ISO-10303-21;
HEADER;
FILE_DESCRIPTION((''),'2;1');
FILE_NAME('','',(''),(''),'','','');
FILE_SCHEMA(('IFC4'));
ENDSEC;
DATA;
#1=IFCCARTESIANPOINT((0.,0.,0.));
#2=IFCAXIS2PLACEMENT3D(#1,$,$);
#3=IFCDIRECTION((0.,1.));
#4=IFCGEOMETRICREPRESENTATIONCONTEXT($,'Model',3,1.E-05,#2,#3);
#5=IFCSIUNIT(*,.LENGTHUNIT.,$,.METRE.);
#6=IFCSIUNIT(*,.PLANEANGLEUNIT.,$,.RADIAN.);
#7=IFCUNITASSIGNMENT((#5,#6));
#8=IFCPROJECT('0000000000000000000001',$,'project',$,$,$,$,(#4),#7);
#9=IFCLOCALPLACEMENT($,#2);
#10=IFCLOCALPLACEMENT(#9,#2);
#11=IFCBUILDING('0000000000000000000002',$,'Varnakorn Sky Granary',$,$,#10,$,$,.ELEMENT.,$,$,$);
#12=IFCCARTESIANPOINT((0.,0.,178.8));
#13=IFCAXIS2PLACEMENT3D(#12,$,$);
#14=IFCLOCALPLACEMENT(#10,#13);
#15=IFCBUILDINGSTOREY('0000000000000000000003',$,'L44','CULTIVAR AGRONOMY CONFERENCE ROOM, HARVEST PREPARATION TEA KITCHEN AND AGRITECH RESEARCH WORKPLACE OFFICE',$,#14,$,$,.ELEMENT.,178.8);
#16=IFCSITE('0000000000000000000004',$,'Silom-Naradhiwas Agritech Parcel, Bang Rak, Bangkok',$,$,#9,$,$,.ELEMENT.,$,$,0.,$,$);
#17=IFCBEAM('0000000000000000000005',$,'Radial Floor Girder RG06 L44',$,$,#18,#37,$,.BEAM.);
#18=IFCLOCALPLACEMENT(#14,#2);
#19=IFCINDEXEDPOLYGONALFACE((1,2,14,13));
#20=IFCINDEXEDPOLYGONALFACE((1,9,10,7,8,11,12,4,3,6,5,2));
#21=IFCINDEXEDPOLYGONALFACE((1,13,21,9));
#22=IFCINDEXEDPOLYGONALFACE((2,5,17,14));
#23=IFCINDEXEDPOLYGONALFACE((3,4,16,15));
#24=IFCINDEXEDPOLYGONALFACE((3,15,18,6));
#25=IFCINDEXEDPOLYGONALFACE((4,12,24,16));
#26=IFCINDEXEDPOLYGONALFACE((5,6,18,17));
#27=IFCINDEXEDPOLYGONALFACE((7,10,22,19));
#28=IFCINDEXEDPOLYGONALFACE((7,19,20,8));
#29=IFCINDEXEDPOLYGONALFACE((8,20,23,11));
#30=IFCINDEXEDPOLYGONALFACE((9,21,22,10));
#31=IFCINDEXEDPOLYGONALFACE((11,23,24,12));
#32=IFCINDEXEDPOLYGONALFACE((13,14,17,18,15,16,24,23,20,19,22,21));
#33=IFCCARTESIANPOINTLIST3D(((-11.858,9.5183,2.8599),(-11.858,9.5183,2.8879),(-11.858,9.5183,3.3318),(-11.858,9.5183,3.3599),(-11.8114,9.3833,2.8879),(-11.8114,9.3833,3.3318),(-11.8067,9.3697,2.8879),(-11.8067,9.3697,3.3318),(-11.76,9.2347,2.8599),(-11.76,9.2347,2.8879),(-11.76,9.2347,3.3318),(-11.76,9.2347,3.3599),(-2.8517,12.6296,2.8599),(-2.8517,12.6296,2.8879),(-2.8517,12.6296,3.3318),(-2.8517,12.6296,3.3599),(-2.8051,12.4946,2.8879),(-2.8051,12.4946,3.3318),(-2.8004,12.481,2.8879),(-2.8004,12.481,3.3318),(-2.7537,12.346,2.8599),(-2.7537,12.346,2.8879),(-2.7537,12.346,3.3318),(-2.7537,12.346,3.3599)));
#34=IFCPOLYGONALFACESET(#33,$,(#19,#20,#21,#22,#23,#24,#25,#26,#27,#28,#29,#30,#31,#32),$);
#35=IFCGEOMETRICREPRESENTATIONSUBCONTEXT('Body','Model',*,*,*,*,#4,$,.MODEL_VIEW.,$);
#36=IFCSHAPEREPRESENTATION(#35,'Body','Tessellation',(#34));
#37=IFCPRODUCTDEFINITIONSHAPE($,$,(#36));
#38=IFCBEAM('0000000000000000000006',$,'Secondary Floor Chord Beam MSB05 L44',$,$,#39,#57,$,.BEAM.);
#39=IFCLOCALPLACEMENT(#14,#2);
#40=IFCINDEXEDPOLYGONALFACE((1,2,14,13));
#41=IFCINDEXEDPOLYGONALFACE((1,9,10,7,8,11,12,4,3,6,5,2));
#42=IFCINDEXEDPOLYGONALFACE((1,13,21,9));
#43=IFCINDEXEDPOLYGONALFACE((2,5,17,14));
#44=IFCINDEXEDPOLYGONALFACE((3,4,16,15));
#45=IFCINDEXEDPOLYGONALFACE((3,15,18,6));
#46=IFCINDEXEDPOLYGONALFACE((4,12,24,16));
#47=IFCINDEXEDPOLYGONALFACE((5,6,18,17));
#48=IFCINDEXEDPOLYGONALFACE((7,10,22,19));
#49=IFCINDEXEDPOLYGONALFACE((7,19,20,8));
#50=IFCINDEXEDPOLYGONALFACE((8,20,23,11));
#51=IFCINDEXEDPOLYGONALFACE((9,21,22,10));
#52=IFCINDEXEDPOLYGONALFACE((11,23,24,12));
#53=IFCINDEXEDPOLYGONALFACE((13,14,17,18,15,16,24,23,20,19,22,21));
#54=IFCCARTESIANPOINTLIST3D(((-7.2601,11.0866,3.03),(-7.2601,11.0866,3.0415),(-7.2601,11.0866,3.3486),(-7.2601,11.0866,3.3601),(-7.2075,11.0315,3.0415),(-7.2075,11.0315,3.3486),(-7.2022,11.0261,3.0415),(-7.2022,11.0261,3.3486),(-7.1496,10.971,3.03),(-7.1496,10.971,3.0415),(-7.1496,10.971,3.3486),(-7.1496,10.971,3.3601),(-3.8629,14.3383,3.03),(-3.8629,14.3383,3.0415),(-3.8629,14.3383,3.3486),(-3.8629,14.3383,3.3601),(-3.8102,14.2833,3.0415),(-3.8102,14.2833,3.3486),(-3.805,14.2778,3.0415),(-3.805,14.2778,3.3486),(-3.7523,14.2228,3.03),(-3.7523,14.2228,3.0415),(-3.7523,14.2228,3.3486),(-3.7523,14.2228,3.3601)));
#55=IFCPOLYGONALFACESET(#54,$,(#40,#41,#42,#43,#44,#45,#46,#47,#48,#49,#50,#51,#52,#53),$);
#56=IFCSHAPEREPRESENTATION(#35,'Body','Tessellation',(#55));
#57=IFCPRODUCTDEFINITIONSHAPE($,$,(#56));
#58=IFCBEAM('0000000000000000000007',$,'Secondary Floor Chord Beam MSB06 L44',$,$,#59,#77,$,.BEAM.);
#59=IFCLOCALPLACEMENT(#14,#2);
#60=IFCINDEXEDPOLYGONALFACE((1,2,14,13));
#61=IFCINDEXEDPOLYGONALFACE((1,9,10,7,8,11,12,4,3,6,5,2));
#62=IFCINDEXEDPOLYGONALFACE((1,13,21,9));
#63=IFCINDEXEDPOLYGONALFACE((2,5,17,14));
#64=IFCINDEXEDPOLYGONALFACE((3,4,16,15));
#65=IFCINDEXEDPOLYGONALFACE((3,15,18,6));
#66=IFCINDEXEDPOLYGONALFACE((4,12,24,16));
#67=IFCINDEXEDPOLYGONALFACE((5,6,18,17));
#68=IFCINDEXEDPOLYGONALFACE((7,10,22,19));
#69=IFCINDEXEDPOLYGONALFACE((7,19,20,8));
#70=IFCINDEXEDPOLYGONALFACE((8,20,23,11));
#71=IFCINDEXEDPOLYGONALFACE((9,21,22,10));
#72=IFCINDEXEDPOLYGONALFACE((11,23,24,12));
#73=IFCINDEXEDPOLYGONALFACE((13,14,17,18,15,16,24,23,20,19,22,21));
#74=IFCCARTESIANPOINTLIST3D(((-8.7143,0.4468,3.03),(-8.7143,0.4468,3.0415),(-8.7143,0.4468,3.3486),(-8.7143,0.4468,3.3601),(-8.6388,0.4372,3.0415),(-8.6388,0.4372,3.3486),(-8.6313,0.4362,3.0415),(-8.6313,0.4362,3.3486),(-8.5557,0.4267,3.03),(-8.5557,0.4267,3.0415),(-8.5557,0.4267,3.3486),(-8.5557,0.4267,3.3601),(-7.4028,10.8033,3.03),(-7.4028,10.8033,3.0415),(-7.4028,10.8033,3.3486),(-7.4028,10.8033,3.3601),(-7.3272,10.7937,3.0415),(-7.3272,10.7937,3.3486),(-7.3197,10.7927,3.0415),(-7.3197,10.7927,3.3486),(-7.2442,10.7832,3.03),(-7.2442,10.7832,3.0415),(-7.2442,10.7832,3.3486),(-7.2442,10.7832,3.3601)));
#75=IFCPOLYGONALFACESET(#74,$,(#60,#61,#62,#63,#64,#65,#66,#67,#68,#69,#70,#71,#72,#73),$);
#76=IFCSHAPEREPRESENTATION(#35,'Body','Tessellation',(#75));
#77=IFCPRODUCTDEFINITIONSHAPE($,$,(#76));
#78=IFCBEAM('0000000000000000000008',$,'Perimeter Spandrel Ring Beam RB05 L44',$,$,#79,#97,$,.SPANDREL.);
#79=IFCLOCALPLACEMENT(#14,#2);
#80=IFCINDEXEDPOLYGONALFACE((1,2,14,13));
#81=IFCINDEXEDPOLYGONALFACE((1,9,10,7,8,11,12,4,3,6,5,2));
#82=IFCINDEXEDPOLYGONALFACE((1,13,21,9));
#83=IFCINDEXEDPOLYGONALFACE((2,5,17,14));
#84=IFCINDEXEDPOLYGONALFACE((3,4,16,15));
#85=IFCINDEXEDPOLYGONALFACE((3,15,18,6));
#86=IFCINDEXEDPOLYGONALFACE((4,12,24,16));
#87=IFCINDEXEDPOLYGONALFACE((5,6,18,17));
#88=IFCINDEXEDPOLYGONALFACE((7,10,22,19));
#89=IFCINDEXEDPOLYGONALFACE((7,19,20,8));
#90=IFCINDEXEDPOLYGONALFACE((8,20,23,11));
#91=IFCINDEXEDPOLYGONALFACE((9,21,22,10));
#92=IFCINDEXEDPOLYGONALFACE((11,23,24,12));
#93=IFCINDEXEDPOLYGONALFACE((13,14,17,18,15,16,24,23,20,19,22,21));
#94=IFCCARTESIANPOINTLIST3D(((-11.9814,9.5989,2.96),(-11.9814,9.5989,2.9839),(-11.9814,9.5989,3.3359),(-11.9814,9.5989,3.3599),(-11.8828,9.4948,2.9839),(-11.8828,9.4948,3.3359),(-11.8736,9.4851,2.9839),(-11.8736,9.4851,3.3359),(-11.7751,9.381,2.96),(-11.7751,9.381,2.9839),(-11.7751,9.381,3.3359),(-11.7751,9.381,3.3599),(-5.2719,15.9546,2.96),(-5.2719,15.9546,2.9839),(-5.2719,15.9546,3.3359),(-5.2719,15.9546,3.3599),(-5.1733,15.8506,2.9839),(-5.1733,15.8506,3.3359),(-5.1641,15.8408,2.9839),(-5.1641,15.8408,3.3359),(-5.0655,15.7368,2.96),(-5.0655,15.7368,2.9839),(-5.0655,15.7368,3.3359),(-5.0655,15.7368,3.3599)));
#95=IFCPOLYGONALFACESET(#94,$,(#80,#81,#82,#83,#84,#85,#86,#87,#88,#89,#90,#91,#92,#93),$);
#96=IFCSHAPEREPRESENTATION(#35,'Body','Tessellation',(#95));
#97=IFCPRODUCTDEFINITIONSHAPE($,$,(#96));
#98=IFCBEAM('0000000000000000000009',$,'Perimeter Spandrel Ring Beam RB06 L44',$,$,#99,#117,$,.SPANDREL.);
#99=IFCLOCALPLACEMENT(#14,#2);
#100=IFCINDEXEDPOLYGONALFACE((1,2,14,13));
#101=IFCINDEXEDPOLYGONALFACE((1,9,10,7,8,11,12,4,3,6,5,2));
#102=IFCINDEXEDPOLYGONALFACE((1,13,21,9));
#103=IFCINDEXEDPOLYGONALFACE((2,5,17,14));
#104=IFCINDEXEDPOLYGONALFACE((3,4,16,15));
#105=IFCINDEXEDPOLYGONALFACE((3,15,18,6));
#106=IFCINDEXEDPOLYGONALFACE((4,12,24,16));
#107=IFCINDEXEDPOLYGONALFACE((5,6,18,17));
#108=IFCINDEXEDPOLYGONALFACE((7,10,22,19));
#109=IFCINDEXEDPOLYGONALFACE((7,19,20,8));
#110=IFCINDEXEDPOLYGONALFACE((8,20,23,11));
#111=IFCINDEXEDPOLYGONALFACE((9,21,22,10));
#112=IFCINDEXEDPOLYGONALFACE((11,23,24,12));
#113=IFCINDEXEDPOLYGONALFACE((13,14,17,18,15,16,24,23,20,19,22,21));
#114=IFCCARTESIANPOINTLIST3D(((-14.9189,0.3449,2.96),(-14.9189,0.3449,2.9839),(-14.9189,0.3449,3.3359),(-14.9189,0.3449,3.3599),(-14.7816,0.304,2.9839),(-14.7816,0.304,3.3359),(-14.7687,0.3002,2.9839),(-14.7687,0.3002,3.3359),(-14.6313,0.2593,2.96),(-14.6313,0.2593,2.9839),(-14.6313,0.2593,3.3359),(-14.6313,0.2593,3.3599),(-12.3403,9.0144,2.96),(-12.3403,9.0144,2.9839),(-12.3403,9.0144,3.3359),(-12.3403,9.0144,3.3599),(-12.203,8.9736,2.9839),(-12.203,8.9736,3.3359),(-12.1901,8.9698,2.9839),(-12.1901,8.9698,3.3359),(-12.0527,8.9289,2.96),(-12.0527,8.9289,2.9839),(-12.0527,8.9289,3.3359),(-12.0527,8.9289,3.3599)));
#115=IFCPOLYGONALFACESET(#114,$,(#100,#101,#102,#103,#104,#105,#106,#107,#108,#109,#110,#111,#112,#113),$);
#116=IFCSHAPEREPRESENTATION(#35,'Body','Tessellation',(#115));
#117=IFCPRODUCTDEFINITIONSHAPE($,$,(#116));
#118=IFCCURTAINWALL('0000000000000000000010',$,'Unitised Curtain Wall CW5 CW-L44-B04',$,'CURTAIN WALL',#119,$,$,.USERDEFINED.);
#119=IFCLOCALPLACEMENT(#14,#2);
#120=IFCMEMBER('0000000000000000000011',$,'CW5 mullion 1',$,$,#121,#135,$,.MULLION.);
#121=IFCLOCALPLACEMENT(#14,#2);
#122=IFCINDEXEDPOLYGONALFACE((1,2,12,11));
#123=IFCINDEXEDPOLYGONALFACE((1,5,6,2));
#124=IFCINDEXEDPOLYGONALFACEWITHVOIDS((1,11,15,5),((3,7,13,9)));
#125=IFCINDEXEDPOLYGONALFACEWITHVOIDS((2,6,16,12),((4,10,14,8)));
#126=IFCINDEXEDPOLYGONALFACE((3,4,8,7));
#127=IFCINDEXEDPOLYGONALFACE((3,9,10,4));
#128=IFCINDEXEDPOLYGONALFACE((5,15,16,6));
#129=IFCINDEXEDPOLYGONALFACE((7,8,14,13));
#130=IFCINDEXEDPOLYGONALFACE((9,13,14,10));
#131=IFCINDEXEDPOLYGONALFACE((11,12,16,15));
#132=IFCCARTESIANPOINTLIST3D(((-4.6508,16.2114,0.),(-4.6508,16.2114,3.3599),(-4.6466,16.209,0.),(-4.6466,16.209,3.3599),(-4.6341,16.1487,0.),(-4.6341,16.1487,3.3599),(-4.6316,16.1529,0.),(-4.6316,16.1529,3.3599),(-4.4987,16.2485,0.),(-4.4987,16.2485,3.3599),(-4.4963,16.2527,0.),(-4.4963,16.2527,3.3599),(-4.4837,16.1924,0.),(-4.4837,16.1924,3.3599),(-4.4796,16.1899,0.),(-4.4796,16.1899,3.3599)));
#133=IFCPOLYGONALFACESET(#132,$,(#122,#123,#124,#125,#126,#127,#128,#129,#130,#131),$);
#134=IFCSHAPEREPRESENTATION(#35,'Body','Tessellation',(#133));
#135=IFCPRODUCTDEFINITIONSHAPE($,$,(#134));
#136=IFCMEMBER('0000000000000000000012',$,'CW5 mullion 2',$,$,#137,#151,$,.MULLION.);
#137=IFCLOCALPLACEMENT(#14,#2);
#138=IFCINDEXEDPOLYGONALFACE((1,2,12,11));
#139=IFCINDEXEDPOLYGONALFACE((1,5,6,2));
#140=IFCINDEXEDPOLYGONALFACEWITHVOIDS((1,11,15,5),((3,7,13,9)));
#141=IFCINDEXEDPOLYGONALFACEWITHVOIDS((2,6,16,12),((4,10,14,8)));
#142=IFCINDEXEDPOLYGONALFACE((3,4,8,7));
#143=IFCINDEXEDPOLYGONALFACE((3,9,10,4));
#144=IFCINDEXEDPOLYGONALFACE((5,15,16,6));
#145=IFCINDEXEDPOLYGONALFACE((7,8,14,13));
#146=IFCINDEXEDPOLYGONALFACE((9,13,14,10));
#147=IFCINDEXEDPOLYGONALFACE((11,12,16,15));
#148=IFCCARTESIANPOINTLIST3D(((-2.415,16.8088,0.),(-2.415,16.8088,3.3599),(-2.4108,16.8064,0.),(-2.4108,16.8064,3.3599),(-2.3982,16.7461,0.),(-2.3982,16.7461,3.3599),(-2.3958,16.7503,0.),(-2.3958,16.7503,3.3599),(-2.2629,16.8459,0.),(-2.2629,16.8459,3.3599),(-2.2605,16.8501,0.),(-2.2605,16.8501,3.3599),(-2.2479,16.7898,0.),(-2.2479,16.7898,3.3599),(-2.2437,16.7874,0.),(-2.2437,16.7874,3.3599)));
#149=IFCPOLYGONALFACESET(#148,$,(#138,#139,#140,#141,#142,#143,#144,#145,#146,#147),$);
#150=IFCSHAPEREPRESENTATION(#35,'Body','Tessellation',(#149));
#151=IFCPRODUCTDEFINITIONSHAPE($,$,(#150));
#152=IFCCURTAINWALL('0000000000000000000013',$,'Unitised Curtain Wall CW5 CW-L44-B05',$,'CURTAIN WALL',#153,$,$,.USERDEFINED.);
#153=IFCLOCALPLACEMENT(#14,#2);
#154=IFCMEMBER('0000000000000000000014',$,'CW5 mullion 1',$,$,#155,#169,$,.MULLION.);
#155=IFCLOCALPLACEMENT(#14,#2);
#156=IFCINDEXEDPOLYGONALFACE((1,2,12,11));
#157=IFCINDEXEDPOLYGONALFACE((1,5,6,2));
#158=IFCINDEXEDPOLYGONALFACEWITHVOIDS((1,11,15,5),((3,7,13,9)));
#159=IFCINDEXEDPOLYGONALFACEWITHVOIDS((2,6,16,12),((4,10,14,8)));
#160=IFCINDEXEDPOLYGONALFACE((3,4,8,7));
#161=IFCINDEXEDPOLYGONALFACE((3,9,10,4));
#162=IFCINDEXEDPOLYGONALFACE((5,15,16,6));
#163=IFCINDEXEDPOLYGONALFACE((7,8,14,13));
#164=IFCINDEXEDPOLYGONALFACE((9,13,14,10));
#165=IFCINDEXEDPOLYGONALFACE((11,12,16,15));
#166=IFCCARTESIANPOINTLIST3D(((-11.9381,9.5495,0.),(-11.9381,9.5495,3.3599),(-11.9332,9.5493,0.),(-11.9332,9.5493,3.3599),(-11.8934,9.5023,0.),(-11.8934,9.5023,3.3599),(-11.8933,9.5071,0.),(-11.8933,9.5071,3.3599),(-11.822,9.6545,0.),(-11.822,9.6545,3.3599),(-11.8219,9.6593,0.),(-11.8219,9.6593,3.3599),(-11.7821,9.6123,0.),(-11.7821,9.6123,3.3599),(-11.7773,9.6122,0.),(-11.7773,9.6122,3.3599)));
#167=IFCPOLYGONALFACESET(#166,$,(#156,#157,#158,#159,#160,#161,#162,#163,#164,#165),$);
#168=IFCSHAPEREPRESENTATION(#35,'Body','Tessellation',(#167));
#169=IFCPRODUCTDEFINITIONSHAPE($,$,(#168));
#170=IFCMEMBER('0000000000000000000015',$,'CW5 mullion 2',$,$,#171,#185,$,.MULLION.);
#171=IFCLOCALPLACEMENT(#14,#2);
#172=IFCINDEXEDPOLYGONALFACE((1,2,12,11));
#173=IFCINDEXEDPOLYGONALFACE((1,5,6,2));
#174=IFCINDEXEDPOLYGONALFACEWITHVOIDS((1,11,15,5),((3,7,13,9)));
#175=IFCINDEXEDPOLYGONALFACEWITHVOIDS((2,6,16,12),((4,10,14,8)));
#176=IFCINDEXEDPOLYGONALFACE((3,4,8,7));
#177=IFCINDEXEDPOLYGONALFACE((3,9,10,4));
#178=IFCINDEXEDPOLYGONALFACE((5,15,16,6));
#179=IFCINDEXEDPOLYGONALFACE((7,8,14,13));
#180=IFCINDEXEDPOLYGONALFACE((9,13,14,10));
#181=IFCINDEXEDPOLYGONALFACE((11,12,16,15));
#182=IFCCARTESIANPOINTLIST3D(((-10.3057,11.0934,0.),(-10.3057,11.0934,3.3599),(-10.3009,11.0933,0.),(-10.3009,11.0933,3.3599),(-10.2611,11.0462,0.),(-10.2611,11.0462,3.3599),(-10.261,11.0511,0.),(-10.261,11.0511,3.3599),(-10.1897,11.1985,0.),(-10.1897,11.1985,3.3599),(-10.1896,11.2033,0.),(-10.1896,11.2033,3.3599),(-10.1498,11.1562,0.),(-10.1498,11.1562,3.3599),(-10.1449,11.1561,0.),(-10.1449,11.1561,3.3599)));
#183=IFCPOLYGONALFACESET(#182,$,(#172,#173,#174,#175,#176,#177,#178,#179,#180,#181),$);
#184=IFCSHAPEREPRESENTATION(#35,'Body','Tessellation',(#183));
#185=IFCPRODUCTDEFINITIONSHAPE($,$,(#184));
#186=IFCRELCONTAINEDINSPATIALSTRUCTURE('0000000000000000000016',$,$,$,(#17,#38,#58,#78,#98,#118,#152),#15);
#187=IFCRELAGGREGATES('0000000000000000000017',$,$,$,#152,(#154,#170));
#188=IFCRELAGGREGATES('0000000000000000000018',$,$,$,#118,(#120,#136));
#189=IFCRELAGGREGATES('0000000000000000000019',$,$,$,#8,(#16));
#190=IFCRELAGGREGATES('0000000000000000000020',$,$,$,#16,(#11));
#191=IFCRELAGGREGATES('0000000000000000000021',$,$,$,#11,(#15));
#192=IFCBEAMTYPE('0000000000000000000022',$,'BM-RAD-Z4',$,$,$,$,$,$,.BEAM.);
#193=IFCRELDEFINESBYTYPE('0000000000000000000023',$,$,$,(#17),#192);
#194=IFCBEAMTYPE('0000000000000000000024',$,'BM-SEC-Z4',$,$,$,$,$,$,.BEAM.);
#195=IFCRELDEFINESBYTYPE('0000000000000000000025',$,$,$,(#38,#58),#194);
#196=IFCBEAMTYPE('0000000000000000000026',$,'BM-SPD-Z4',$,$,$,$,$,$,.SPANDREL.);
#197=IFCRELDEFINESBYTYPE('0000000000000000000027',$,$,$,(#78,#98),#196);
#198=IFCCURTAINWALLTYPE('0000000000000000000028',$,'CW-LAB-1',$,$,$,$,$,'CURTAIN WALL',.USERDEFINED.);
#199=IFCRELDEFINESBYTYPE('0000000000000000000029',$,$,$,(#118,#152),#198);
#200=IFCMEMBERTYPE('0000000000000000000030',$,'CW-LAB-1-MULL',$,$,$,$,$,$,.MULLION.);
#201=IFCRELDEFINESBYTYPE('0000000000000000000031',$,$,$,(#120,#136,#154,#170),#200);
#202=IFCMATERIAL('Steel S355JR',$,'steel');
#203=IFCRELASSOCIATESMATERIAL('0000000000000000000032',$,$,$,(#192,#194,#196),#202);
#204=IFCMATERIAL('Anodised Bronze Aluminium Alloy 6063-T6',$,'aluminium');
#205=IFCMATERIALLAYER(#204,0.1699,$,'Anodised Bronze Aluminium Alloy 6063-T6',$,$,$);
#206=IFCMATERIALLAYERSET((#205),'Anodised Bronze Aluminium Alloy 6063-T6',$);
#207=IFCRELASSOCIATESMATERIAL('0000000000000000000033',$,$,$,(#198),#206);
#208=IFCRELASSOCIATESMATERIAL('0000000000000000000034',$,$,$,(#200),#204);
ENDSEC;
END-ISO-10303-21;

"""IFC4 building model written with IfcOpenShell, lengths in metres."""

from ifc_helpers import new_model, si_unit, direction, frame, origin, origin_2d, place, context, subcontext, project, spatial, hollow_rectangle, i_section, extrude, material, layer, layer_set, material_profile, profile_set, type_object, element, aggregate, save


model = new_model("IFC4")

# Units and contexts
model_context = context("Model", 3, precision=1e-05, world=origin(), true_north=direction((0.0, 1.0)))
body_context = subcontext(model_context, "Body", "Model", "MODEL_VIEW")
ifc_project = project(units=[si_unit("LENGTHUNIT", "METRE"), si_unit("PLANEANGLEUNIT", "RADIAN")], contexts=[model_context])

# Site, building, storey
site_placement = place(None, origin())
site = spatial("IfcSite", under=ifc_project, at=site_placement, Name="Silom-Naradhiwas Agritech Parcel, Bang Rak, Bangkok", CompositionType="ELEMENT", RefElevation=0.0)
building_placement = place(site_placement, origin())
building = spatial("IfcBuilding", under=site, at=building_placement, Name="Varnakorn Sky Granary", CompositionType="ELEMENT")
storey_placement = place(building_placement, frame((0.0, 0.0, 178.8)))
storey = spatial("IfcBuildingStorey", under=building, at=storey_placement, Name="L44", Description="CULTIVAR AGRONOMY CONFERENCE ROOM, HARVEST PREPARATION TEA KITCHEN AND AGRITECH RESEARCH WORKPLACE OFFICE", CompositionType="ELEMENT", Elevation=178.8)

# Beams
ifc_material_1 = material(Name="Steel S355JR", Category="steel")
ifc_material_profile_1 = material_profile(ifc_material_1, i_section(OverallWidth=0.3, OverallDepth=0.5, WebThickness=0.0144, FlangeThickness=0.0281, at=origin_2d()), Name="HE 500 B")
ifc_profile_set_1 = profile_set([ifc_material_profile_1], Name="Steel S355JR")
beam_type_1 = type_object("IfcBeamType", Name="BM-RAD-Z4", PredefinedType="BEAM", material=ifc_profile_set_1)
beam_1_placement = place(storey_placement, frame((-2.8027, 12.4878, 3.1099), z_axis=(-0.945189, -0.326524, 0.0), x_axis=(0.326524, -0.945189, 0.0)))
element("IfcBeam", 1, at=beam_1_placement, inside=storey, type_object=beam_type_1, Name="Radial Floor Girder RG06 L44", PredefinedType="BEAM", context=body_context, shape_type="SweptSolid", body=[
    extrude(i_section(OverallWidth=0.3, OverallDepth=0.5, WebThickness=0.0144, FlangeThickness=0.0281, at=origin_2d()), origin(), (0.0, 0.0, 1.0), 9.5286),
])
ifc_material_profile_2 = material_profile(ifc_material_1, i_section(OverallWidth=0.1599, OverallDepth=0.3301, WebThickness=0.0076, FlangeThickness=0.0115, at=origin_2d()), Name="IPE 330")
ifc_profile_set_2 = profile_set([ifc_material_profile_2], Name="Steel S355JR")
beam_type_2 = type_object("IfcBeamType", Name="BM-SEC-Z4", PredefinedType="BEAM", material=ifc_profile_set_2)
beam_2_placement = place(storey_placement, frame((-3.8076, 14.2805, 3.1951), z_axis=(-0.722408, -0.691467, 0.0), x_axis=(0.691467, -0.722408, 0.0)))
element("IfcBeam", 2, at=beam_2_placement, inside=storey, type_object=beam_type_2, Name="Secondary Floor Chord Beam MSB05 L44", PredefinedType="BEAM", context=body_context, shape_type="SweptSolid", body=[
    extrude(i_section(OverallWidth=0.1599, OverallDepth=0.3301, WebThickness=0.0076, FlangeThickness=0.0115, at=origin_2d()), origin(), (0.0, 0.0, 1.0), 4.7026),
])
beam_3_placement = place(storey_placement, frame((-7.3235, 10.7932, 3.1951), z_axis=(-0.125635, -0.992077, 0.0), x_axis=(0.992077, -0.125635, 0.0)))
element("IfcBeam", 3, at=beam_3_placement, inside=storey, type_object=beam_type_2, Name="Secondary Floor Chord Beam MSB06 L44", PredefinedType="BEAM", context=body_context, shape_type="SweptSolid", body=[
    extrude(i_section(OverallWidth=0.1599, OverallDepth=0.3301, WebThickness=0.0076, FlangeThickness=0.0115, at=origin_2d()), origin(), (0.0, 0.0, 1.0), 10.4392),
])
ifc_material_profile_3 = material_profile(ifc_material_1, i_section(OverallWidth=0.3, OverallDepth=0.3999, WebThickness=0.0134, FlangeThickness=0.0239, at=origin_2d()), Name="HE 400 B")
ifc_profile_set_3 = profile_set([ifc_material_profile_3], Name="Steel S355JR")
beam_type_3 = type_object("IfcBeamType", Name="BM-SPD-Z4", PredefinedType="SPANDREL", material=ifc_profile_set_3)
beam_4_placement = place(storey_placement, frame((-5.1687, 15.8457, 3.1599), z_axis=(-0.725987, -0.687709, 0.0), x_axis=(0.687709, -0.725987, 0.0)))
element("IfcBeam", 4, at=beam_4_placement, inside=storey, type_object=beam_type_3, Name="Perimeter Spandrel Ring Beam RB05 L44", PredefinedType="SPANDREL", context=body_context, shape_type="SweptSolid", body=[
    extrude(i_section(OverallWidth=0.3, OverallDepth=0.3999, WebThickness=0.0134, FlangeThickness=0.0239, at=origin_2d()), origin(), (0.0, 0.0, 1.0), 9.2419),
])
beam_5_placement = place(storey_placement, frame((-12.1965, 8.9717, 3.1599), z_axis=(-0.285086, -0.958502, 0.0), x_axis=(0.958502, -0.285086, 0.0)))
element("IfcBeam", 5, at=beam_5_placement, inside=storey, type_object=beam_type_3, Name="Perimeter Spandrel Ring Beam RB06 L44", PredefinedType="SPANDREL", context=body_context, shape_type="SweptSolid", body=[
    extrude(i_section(OverallWidth=0.3, OverallDepth=0.3999, WebThickness=0.0134, FlangeThickness=0.0239, at=origin_2d()), origin(), (0.0, 0.0, 1.0), 9.0449),
])

# Curtain walls, members
ifc_material_2 = material(Name="Anodised Bronze Aluminium Alloy 6063-T6", Category="aluminium")
ifc_layer_1 = layer(ifc_material_2, 0.1699, Name="Anodised Bronze Aluminium Alloy 6063-T6")
ifc_layer_set_1 = layer_set([ifc_layer_1], Name="Anodised Bronze Aluminium Alloy 6063-T6")
curtain_wall_type = type_object("IfcCurtainWallType", Name="CW-LAB-1", ElementType="CURTAIN WALL", PredefinedType="USERDEFINED", material=ifc_layer_set_1)
curtain_wall_1_placement = place(storey_placement, origin())
curtain_wall_1 = element("IfcCurtainWall", 6, at=curtain_wall_1_placement, inside=storey, type_object=curtain_wall_type, Name="Unitised Curtain Wall CW5 CW-L44-B04", ObjectType="CURTAIN WALL", PredefinedType="USERDEFINED")
ifc_material_profile_4 = material_profile(ifc_material_2, hollow_rectangle(XDim=0.0649, YDim=0.1599, WallThickness=0.0034, at=origin_2d()), Name="ALU MULL 65x160")
ifc_profile_set_4 = profile_set([ifc_material_profile_4], Name="Anodised Bronze Aluminium Alloy 6063-T6")
member_type_1 = type_object("IfcMemberType", Name="CW-LAB-1-MULL", PredefinedType="MULLION", material=ifc_profile_set_4)
member_1_placement = place(storey_placement, frame((-4.5652, 16.2007, 0.0), z_axis=(0.0, 0.0, 1.0), x_axis=(-0.258096, 0.966119, 0.0)))
member_1 = element("IfcMember", 7, at=member_1_placement, type_object=member_type_1, Name="CW5 mullion 1", PredefinedType="MULLION", context=body_context, shape_type="SweptSolid", body=[
    extrude(hollow_rectangle(XDim=0.0649, YDim=0.1599, WallThickness=0.0034, at=origin_2d()), origin(), (0.0, 0.0, 1.0), 3.3599),
])
member_2_placement = place(storey_placement, frame((-2.3293, 16.7981, 0.0), z_axis=(0.0, 0.0, 1.0), x_axis=(-0.258096, 0.966119, 0.0)))
member_2 = element("IfcMember", 8, at=member_2_placement, type_object=member_type_1, Name="CW5 mullion 2", PredefinedType="MULLION", context=body_context, shape_type="SweptSolid", body=[
    extrude(hollow_rectangle(XDim=0.0649, YDim=0.1599, WallThickness=0.0034, at=origin_2d()), origin(), (0.0, 0.0, 1.0), 3.3599),
])
curtain_wall_2_placement = place(storey_placement, origin())
curtain_wall_2 = element("IfcCurtainWall", 9, at=curtain_wall_2_placement, inside=storey, type_object=curtain_wall_type, Name="Unitised Curtain Wall CW5 CW-L44-B05", ObjectType="CURTAIN WALL", PredefinedType="USERDEFINED")
member_3_placement = place(storey_placement, frame((-11.8577, 9.5808, 0.0), z_axis=(0.0, 0.0, 1.0), x_axis=(-0.687124, 0.726541, 0.0)))
member_3 = element("IfcMember", 10, at=member_3_placement, type_object=member_type_1, Name="CW5 mullion 1", PredefinedType="MULLION", context=body_context, shape_type="SweptSolid", body=[
    extrude(hollow_rectangle(XDim=0.0649, YDim=0.1599, WallThickness=0.0034, at=origin_2d()), origin(), (0.0, 0.0, 1.0), 3.3599),
])
member_4_placement = place(storey_placement, frame((-10.2253, 11.1248, 0.0), z_axis=(0.0, 0.0, 1.0), x_axis=(-0.687124, 0.726541, 0.0)))
member_4 = element("IfcMember", 11, at=member_4_placement, type_object=member_type_1, Name="CW5 mullion 2", PredefinedType="MULLION", context=body_context, shape_type="SweptSolid", body=[
    extrude(hollow_rectangle(XDim=0.0649, YDim=0.1599, WallThickness=0.0034, at=origin_2d()), origin(), (0.0, 0.0, 1.0), 3.3599),
])

aggregate(curtain_wall_2, [member_3, member_4])
aggregate(curtain_wall_1, [member_1, member_2])

save(model, "model.ifc")
